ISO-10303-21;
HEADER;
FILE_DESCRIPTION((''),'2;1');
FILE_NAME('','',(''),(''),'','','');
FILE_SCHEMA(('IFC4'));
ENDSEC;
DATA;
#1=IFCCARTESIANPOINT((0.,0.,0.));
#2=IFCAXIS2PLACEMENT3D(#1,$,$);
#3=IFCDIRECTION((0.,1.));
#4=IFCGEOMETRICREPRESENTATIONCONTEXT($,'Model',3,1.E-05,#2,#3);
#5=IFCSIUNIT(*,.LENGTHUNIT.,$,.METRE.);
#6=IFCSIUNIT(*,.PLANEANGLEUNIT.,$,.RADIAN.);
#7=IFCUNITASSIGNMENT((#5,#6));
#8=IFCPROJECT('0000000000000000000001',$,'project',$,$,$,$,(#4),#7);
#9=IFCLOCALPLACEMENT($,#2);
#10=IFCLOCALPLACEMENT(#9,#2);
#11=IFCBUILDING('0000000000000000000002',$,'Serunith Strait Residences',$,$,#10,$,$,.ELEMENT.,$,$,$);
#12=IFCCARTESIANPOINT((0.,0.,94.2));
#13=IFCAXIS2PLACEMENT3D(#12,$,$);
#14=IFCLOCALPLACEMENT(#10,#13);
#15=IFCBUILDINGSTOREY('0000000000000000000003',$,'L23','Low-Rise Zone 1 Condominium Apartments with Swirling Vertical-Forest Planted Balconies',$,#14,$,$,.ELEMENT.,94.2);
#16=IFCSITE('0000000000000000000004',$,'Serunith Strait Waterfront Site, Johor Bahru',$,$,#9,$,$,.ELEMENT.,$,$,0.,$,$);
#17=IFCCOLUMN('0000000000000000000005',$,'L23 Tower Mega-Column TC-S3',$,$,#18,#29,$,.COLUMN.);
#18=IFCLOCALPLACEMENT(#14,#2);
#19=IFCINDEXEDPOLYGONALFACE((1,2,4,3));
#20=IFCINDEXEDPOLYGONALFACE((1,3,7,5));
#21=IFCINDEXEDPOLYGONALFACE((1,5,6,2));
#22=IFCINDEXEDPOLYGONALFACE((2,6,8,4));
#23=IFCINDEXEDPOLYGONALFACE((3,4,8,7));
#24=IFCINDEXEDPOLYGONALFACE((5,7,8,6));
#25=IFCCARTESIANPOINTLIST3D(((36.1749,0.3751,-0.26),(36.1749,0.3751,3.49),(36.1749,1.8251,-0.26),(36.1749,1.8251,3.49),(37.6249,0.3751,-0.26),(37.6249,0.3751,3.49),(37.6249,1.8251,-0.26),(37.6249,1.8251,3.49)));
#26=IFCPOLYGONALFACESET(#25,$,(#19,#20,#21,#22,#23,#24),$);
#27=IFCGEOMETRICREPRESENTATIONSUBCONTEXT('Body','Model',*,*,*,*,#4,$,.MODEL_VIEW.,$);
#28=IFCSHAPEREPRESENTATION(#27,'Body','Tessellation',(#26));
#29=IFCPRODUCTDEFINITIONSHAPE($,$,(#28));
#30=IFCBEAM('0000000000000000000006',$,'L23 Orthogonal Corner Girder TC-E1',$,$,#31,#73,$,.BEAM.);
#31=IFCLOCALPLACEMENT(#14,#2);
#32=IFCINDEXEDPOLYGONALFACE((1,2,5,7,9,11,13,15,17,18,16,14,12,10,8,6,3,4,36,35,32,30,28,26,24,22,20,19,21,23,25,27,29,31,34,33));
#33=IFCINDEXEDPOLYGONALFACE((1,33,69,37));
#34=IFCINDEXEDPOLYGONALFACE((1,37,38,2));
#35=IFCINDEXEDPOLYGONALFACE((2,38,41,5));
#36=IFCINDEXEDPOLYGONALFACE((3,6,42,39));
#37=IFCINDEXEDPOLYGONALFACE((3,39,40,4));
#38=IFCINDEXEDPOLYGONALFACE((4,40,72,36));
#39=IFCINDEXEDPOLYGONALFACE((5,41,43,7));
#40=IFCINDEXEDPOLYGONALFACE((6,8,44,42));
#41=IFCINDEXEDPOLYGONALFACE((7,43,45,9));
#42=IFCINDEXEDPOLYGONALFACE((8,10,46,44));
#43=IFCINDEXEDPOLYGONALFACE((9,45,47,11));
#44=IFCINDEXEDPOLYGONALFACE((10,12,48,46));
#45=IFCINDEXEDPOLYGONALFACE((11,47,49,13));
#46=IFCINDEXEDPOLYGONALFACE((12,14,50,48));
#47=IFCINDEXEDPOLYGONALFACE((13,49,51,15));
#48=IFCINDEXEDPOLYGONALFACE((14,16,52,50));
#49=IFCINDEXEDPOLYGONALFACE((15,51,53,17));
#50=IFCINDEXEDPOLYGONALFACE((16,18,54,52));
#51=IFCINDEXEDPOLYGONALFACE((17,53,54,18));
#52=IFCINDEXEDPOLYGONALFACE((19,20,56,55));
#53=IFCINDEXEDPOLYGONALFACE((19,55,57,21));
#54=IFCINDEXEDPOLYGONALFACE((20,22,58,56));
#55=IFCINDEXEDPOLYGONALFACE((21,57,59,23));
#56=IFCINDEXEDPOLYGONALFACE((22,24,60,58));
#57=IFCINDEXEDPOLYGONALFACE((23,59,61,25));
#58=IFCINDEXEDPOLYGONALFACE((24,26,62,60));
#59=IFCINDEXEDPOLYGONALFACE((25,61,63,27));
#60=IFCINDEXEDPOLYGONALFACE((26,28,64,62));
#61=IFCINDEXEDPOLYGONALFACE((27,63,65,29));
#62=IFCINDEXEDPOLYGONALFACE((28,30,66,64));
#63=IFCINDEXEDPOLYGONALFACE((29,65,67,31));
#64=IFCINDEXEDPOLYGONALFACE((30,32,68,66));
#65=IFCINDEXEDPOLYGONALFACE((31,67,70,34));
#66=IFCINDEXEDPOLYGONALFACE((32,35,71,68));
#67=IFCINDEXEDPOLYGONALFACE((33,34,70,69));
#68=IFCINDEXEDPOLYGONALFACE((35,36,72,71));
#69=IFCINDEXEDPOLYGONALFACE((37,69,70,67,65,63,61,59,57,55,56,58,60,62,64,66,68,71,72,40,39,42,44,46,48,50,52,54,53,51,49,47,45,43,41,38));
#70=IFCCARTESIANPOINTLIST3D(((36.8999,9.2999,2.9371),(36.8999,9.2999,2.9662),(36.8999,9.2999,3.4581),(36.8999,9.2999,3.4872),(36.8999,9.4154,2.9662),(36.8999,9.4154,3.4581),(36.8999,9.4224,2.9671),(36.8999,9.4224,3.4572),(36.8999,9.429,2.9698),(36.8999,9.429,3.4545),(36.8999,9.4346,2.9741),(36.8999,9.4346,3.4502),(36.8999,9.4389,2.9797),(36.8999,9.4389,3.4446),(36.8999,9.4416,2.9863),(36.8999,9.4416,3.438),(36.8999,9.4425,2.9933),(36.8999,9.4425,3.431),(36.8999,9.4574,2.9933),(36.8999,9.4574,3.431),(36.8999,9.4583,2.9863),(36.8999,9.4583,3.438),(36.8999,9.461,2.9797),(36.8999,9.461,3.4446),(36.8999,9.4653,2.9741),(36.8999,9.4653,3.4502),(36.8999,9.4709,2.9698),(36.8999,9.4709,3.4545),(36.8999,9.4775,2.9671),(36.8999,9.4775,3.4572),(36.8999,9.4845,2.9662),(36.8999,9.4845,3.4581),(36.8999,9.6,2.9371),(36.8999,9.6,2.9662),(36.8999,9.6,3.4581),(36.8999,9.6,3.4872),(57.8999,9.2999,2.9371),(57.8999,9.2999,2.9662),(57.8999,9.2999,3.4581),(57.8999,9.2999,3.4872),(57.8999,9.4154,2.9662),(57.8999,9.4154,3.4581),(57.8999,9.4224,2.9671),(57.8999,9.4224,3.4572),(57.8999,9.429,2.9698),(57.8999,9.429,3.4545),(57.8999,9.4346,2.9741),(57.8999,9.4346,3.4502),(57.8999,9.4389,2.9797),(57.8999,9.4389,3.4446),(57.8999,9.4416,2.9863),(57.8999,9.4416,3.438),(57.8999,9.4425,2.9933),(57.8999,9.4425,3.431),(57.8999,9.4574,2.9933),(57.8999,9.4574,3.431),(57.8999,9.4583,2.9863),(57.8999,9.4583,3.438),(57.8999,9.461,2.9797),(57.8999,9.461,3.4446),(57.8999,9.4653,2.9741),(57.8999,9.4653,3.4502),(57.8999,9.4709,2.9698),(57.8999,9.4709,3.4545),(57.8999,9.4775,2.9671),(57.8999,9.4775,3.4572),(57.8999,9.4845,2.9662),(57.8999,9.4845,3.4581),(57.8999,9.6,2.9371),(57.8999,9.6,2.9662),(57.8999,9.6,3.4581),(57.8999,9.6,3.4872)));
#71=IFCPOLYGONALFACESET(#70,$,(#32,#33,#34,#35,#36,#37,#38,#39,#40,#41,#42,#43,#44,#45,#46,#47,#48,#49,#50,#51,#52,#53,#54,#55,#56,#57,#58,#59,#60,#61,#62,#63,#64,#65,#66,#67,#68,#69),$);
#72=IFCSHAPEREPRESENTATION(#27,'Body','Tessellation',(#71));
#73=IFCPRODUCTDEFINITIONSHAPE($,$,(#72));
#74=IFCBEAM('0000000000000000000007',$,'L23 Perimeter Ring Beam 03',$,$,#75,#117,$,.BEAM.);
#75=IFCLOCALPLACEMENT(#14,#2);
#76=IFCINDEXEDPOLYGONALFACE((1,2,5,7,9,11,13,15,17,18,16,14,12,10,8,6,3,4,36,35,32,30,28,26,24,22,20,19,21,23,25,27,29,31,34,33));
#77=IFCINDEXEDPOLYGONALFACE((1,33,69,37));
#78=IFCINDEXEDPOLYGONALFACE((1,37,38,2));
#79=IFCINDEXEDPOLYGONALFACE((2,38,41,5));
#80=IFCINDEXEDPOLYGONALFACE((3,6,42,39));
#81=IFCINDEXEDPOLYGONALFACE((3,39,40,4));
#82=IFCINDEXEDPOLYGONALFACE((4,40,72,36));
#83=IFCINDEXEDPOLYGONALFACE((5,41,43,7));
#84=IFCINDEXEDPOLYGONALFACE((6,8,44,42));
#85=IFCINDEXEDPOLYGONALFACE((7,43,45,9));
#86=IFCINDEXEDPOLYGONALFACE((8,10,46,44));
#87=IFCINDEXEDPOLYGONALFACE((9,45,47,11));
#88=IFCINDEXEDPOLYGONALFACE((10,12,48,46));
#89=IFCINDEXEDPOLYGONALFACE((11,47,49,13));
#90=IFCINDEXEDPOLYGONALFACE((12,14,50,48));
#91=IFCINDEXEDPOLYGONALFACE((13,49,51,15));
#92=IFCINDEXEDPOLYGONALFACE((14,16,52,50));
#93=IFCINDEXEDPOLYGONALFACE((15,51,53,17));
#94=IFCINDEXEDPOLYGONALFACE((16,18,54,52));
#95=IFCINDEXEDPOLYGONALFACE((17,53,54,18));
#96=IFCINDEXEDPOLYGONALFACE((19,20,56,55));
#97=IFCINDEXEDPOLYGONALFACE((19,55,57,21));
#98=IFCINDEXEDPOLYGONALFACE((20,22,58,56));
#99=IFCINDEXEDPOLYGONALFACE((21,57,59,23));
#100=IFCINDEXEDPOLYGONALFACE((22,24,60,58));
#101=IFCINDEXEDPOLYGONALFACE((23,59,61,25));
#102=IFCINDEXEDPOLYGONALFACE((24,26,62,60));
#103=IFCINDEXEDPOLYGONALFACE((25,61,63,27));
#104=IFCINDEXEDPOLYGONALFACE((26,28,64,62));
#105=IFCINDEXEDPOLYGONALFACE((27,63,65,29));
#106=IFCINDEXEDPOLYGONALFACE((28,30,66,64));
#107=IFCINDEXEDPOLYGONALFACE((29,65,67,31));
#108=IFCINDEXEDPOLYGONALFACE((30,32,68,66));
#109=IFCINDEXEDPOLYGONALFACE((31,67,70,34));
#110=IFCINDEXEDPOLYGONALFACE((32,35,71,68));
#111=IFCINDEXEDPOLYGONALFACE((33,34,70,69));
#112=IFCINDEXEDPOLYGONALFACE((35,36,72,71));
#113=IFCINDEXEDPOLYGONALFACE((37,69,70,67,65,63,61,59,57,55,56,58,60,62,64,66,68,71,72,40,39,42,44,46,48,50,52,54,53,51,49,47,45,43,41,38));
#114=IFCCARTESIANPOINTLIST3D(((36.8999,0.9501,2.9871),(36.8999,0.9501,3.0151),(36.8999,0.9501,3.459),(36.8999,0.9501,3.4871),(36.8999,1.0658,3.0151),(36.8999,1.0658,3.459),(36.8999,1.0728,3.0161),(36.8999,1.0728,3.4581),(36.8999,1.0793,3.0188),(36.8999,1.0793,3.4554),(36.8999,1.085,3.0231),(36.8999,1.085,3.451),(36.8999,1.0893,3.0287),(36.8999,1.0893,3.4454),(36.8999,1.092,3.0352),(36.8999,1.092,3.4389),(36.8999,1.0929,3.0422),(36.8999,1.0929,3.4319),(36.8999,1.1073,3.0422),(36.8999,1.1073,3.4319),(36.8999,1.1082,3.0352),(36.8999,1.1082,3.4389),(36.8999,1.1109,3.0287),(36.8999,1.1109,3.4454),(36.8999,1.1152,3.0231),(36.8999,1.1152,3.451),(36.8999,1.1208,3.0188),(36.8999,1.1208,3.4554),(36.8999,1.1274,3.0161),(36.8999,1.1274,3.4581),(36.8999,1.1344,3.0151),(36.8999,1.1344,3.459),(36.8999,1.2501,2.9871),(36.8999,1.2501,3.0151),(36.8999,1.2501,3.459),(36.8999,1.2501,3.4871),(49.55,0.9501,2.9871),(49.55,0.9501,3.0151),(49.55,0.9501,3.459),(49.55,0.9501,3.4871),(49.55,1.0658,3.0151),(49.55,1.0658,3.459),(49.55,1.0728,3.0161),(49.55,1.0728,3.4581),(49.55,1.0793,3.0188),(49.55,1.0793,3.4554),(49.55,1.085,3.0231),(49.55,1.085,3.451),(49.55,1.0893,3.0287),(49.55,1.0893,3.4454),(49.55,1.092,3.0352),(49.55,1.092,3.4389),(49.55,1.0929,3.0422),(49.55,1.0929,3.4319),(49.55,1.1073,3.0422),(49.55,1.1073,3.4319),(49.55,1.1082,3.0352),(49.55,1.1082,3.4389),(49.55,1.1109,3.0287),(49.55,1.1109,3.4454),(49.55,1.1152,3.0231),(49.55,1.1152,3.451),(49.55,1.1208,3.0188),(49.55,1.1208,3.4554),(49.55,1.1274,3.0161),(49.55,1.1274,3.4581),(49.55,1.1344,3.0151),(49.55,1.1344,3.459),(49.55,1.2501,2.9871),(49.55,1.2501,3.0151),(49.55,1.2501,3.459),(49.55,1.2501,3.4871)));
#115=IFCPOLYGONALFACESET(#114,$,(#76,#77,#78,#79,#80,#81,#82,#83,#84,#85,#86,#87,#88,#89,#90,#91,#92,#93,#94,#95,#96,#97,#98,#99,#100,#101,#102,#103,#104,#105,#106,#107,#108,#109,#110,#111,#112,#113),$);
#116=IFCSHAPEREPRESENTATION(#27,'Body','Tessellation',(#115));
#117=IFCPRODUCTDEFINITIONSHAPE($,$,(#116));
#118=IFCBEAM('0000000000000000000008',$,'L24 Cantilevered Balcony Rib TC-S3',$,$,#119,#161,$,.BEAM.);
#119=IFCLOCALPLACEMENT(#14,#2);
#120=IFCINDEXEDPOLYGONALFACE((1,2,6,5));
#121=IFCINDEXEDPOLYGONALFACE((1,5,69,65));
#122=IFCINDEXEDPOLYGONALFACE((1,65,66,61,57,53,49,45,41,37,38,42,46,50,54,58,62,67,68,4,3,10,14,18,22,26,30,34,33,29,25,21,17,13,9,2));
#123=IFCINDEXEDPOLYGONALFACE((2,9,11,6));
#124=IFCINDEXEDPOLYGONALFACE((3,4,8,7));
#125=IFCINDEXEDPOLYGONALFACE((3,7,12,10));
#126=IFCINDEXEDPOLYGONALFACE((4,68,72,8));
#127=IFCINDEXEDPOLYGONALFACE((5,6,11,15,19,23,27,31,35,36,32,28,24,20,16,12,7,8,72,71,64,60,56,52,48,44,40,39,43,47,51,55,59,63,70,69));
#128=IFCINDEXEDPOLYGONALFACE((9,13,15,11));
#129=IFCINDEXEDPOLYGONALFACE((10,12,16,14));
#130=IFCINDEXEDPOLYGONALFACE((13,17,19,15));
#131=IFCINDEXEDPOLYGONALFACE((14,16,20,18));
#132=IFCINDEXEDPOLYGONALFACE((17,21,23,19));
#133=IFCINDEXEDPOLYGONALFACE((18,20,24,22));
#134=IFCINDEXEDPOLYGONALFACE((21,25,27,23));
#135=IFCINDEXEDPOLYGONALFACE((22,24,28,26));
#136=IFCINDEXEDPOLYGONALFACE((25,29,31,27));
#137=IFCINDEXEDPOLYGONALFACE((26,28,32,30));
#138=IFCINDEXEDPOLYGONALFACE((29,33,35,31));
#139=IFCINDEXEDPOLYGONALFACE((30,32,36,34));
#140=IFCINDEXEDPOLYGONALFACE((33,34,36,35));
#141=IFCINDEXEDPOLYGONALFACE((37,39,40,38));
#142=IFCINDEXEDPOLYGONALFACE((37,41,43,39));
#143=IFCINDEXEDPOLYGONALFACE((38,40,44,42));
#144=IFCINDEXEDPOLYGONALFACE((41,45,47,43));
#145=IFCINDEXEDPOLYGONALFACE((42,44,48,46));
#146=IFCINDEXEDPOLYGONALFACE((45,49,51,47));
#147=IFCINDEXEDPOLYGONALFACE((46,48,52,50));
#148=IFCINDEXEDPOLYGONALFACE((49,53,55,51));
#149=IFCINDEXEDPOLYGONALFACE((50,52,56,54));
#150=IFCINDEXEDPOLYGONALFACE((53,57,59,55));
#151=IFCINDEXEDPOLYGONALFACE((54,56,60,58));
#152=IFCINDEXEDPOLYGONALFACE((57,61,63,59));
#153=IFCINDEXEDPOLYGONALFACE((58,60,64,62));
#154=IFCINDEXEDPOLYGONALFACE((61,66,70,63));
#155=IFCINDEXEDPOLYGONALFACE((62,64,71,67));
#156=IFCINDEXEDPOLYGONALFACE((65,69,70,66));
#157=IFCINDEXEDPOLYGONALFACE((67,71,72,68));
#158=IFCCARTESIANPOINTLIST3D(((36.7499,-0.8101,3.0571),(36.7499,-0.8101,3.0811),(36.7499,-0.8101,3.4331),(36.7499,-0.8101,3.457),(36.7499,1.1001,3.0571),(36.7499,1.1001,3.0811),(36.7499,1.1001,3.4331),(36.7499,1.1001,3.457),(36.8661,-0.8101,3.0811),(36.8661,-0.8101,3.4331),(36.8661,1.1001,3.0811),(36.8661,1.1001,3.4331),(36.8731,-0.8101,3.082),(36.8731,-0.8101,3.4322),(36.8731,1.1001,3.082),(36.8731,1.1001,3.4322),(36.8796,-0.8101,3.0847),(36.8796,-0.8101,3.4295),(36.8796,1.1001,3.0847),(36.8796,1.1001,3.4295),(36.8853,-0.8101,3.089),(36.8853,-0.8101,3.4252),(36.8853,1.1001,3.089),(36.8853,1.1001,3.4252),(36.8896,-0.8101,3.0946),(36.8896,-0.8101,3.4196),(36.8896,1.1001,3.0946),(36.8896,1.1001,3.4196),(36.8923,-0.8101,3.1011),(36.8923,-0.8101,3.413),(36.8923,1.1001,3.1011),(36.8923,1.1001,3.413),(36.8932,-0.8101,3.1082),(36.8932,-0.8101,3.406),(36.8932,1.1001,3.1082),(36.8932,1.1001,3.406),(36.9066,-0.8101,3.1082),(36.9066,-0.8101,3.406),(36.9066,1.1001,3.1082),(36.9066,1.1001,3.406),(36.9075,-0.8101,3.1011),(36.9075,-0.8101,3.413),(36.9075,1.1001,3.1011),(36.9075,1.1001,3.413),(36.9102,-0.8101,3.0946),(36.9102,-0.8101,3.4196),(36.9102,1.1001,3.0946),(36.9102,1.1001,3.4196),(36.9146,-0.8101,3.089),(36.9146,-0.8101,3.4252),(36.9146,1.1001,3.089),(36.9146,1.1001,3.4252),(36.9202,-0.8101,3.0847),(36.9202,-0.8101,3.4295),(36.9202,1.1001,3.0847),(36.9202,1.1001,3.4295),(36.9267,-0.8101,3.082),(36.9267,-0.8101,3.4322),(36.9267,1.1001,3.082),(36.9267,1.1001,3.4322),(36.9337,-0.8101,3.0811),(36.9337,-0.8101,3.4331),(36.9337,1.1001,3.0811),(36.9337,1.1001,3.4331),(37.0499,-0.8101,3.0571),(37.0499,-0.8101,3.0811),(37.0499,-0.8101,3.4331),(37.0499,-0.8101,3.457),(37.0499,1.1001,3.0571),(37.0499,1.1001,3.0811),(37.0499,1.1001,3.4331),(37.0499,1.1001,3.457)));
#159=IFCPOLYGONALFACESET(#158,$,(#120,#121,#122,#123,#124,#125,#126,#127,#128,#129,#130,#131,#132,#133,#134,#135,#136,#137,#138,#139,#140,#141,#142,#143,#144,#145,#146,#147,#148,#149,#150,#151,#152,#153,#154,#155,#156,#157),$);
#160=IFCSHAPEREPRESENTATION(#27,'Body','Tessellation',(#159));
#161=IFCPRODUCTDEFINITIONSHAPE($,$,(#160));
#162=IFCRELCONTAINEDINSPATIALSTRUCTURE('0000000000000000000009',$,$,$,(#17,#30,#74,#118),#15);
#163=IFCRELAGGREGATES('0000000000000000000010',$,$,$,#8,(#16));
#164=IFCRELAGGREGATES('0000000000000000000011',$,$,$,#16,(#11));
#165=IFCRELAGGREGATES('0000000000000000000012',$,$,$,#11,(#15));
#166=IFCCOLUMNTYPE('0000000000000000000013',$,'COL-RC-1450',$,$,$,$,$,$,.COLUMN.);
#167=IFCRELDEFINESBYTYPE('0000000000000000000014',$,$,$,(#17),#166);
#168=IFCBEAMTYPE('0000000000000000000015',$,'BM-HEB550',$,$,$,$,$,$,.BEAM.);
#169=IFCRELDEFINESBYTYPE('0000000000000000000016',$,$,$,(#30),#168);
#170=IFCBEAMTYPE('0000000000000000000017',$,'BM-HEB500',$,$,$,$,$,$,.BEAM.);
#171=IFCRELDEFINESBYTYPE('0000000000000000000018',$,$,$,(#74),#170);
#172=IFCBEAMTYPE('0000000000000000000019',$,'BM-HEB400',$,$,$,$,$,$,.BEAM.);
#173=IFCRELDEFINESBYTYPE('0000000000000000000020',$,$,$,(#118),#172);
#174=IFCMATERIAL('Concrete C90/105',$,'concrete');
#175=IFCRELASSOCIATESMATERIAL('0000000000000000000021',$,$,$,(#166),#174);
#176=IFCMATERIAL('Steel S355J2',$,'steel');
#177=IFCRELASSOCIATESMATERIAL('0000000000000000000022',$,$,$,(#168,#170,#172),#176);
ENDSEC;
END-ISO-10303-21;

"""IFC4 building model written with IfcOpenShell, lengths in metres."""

from ifc_helpers import new_model, si_unit, direction, frame, origin, origin_2d, place, context, subcontext, project, spatial, rectangle, i_section, extrude, source, transform, mapped, material, material_profile, profile_set, type_object, element, save


model = new_model("IFC4")

# Units and contexts
model_context = context("Model", 3, precision=1e-05, world=origin(), true_north=direction((0.0, 1.0)))
body_context = subcontext(model_context, "Body", "Model", "MODEL_VIEW")
ifc_project = project(units=[si_unit("LENGTHUNIT", "METRE"), si_unit("PLANEANGLEUNIT", "RADIAN")], contexts=[model_context])

# Site, building, storey
site_placement = place(None, origin())
site = spatial("IfcSite", under=ifc_project, at=site_placement, Name="Serunith Strait Waterfront Site, Johor Bahru", CompositionType="ELEMENT", RefElevation=0.0)
building_placement = place(site_placement, origin())
building = spatial("IfcBuilding", under=site, at=building_placement, Name="Serunith Strait Residences", CompositionType="ELEMENT")
storey_placement = place(building_placement, frame((0.0, 0.0, 94.2)))
storey = spatial("IfcBuildingStorey", under=building, at=storey_placement, Name="L23", Description="Low-Rise Zone 1 Condominium Apartments with Swirling Vertical-Forest Planted Balconies", CompositionType="ELEMENT", Elevation=94.2)

# Column
ifc_material_1 = material(Name="Concrete C90/105", Category="concrete")
ifc_material_profile_1 = material_profile(ifc_material_1, rectangle(XDim=1.45, YDim=1.45, at=origin_2d()), Name="RC 1450x1450")
ifc_profile_set_1 = profile_set([ifc_material_profile_1], Name="Concrete C90/105")
column_type = type_object("IfcColumnType", Name="COL-RC-1450", PredefinedType="COLUMN", material=ifc_profile_set_1)
shared_shape_1 = source(origin(), body_context, "Body", "SweptSolid", [
    extrude(rectangle(XDim=1.45, YDim=1.45, at=origin_2d()), origin(), (0.0, 0.0, 1.0), 3.75),
])
column_placement = place(storey_placement, frame((36.8999, 1.1001, -0.26), z_axis=(0.0, 0.0, 1.0), x_axis=(1.0, 0.0, 0.0)))
element("IfcColumn", 1, at=column_placement, inside=storey, type_object=column_type, Name="L23 Tower Mega-Column TC-S3", PredefinedType="COLUMN", context=body_context, shape_type="MappedRepresentation", body=[
    mapped(shared_shape_1, transform((0.0, 0.0, 0.0), scale=1.0)),
])

# Beams
ifc_material_2 = material(Name="Steel S355J2", Category="steel")
ifc_material_profile_2 = material_profile(ifc_material_2, i_section(OverallWidth=0.3, OverallDepth=0.55, WebThickness=0.0149, FlangeThickness=0.0291, FilletRadius=0.0271, at=origin_2d()), Name="HEB 550")
ifc_profile_set_2 = profile_set([ifc_material_profile_2], Name="Steel S355J2")
beam_type_1 = type_object("IfcBeamType", Name="BM-HEB550", PredefinedType="BEAM", material=ifc_profile_set_2)
shared_shape_2 = source(origin(), body_context, "Body", "SweptSolid", [
    extrude(i_section(OverallWidth=0.3, OverallDepth=0.55, WebThickness=0.0149, FlangeThickness=0.0291, FilletRadius=0.0271, at=origin_2d()), origin(), (0.0, 0.0, 1.0), 21.0),
])
beam_1_placement = place(storey_placement, frame((36.8999, 9.45, 3.2122), z_axis=(1.0, 0.0, 0.0), x_axis=(0.0, 1.0, 0.0)))
element("IfcBeam", 2, at=beam_1_placement, inside=storey, type_object=beam_type_1, Name="L23 Orthogonal Corner Girder TC-E1", PredefinedType="BEAM", context=body_context, shape_type="MappedRepresentation", body=[
    mapped(shared_shape_2, transform((0.0, 0.0, 0.0), scale=1.0)),
])
ifc_material_profile_3 = material_profile(ifc_material_2, i_section(OverallWidth=0.3, OverallDepth=0.5, WebThickness=0.0144, FlangeThickness=0.0281, FilletRadius=0.0271, at=origin_2d()), Name="HEB 500")
ifc_profile_set_3 = profile_set([ifc_material_profile_3], Name="Steel S355J2")
beam_type_2 = type_object("IfcBeamType", Name="BM-HEB500", PredefinedType="BEAM", material=ifc_profile_set_3)
shared_shape_3 = source(origin(), body_context, "Body", "SweptSolid", [
    extrude(i_section(OverallWidth=0.3, OverallDepth=0.5, WebThickness=0.0144, FlangeThickness=0.0281, FilletRadius=0.0271, at=origin_2d()), origin(), (0.0, 0.0, 1.0), 12.6501),
])
beam_2_placement = place(storey_placement, frame((36.8999, 1.1001, 3.2371), z_axis=(1.0, 0.0, 0.0), x_axis=(0.0, 1.0, 0.0)))
element("IfcBeam", 3, at=beam_2_placement, inside=storey, type_object=beam_type_2, Name="L23 Perimeter Ring Beam 03", PredefinedType="BEAM", context=body_context, shape_type="MappedRepresentation", body=[
    mapped(shared_shape_3, transform((0.0, 0.0, 0.0), scale=1.0)),
])
ifc_material_profile_4 = material_profile(ifc_material_2, i_section(OverallWidth=0.3, OverallDepth=0.3999, WebThickness=0.0134, FlangeThickness=0.0239, FilletRadius=0.0271, at=origin_2d()), Name="HEB 400")
ifc_profile_set_4 = profile_set([ifc_material_profile_4], Name="Steel S355J2")
beam_type_3 = type_object("IfcBeamType", Name="BM-HEB400", PredefinedType="BEAM", material=ifc_profile_set_4)
shared_shape_4 = source(origin(), body_context, "Body", "SweptSolid", [
    extrude(i_section(OverallWidth=0.3, OverallDepth=0.3999, WebThickness=0.0134, FlangeThickness=0.0239, FilletRadius=0.0271, at=origin_2d()), origin(), (0.0, 0.0, 1.0), 1.9102),
])
beam_3_placement = place(storey_placement, frame((36.8999, 1.1001, 3.2571), z_axis=(0.0, -1.0, 0.0), x_axis=(1.0, 0.0, 0.0)))
element("IfcBeam", 4, at=beam_3_placement, inside=storey, type_object=beam_type_3, Name="L24 Cantilevered Balcony Rib TC-S3", PredefinedType="BEAM", context=body_context, shape_type="MappedRepresentation", body=[
    mapped(shared_shape_4, transform((0.0, 0.0, 0.0), scale=1.0)),
])

save(model, "model.ifc")
